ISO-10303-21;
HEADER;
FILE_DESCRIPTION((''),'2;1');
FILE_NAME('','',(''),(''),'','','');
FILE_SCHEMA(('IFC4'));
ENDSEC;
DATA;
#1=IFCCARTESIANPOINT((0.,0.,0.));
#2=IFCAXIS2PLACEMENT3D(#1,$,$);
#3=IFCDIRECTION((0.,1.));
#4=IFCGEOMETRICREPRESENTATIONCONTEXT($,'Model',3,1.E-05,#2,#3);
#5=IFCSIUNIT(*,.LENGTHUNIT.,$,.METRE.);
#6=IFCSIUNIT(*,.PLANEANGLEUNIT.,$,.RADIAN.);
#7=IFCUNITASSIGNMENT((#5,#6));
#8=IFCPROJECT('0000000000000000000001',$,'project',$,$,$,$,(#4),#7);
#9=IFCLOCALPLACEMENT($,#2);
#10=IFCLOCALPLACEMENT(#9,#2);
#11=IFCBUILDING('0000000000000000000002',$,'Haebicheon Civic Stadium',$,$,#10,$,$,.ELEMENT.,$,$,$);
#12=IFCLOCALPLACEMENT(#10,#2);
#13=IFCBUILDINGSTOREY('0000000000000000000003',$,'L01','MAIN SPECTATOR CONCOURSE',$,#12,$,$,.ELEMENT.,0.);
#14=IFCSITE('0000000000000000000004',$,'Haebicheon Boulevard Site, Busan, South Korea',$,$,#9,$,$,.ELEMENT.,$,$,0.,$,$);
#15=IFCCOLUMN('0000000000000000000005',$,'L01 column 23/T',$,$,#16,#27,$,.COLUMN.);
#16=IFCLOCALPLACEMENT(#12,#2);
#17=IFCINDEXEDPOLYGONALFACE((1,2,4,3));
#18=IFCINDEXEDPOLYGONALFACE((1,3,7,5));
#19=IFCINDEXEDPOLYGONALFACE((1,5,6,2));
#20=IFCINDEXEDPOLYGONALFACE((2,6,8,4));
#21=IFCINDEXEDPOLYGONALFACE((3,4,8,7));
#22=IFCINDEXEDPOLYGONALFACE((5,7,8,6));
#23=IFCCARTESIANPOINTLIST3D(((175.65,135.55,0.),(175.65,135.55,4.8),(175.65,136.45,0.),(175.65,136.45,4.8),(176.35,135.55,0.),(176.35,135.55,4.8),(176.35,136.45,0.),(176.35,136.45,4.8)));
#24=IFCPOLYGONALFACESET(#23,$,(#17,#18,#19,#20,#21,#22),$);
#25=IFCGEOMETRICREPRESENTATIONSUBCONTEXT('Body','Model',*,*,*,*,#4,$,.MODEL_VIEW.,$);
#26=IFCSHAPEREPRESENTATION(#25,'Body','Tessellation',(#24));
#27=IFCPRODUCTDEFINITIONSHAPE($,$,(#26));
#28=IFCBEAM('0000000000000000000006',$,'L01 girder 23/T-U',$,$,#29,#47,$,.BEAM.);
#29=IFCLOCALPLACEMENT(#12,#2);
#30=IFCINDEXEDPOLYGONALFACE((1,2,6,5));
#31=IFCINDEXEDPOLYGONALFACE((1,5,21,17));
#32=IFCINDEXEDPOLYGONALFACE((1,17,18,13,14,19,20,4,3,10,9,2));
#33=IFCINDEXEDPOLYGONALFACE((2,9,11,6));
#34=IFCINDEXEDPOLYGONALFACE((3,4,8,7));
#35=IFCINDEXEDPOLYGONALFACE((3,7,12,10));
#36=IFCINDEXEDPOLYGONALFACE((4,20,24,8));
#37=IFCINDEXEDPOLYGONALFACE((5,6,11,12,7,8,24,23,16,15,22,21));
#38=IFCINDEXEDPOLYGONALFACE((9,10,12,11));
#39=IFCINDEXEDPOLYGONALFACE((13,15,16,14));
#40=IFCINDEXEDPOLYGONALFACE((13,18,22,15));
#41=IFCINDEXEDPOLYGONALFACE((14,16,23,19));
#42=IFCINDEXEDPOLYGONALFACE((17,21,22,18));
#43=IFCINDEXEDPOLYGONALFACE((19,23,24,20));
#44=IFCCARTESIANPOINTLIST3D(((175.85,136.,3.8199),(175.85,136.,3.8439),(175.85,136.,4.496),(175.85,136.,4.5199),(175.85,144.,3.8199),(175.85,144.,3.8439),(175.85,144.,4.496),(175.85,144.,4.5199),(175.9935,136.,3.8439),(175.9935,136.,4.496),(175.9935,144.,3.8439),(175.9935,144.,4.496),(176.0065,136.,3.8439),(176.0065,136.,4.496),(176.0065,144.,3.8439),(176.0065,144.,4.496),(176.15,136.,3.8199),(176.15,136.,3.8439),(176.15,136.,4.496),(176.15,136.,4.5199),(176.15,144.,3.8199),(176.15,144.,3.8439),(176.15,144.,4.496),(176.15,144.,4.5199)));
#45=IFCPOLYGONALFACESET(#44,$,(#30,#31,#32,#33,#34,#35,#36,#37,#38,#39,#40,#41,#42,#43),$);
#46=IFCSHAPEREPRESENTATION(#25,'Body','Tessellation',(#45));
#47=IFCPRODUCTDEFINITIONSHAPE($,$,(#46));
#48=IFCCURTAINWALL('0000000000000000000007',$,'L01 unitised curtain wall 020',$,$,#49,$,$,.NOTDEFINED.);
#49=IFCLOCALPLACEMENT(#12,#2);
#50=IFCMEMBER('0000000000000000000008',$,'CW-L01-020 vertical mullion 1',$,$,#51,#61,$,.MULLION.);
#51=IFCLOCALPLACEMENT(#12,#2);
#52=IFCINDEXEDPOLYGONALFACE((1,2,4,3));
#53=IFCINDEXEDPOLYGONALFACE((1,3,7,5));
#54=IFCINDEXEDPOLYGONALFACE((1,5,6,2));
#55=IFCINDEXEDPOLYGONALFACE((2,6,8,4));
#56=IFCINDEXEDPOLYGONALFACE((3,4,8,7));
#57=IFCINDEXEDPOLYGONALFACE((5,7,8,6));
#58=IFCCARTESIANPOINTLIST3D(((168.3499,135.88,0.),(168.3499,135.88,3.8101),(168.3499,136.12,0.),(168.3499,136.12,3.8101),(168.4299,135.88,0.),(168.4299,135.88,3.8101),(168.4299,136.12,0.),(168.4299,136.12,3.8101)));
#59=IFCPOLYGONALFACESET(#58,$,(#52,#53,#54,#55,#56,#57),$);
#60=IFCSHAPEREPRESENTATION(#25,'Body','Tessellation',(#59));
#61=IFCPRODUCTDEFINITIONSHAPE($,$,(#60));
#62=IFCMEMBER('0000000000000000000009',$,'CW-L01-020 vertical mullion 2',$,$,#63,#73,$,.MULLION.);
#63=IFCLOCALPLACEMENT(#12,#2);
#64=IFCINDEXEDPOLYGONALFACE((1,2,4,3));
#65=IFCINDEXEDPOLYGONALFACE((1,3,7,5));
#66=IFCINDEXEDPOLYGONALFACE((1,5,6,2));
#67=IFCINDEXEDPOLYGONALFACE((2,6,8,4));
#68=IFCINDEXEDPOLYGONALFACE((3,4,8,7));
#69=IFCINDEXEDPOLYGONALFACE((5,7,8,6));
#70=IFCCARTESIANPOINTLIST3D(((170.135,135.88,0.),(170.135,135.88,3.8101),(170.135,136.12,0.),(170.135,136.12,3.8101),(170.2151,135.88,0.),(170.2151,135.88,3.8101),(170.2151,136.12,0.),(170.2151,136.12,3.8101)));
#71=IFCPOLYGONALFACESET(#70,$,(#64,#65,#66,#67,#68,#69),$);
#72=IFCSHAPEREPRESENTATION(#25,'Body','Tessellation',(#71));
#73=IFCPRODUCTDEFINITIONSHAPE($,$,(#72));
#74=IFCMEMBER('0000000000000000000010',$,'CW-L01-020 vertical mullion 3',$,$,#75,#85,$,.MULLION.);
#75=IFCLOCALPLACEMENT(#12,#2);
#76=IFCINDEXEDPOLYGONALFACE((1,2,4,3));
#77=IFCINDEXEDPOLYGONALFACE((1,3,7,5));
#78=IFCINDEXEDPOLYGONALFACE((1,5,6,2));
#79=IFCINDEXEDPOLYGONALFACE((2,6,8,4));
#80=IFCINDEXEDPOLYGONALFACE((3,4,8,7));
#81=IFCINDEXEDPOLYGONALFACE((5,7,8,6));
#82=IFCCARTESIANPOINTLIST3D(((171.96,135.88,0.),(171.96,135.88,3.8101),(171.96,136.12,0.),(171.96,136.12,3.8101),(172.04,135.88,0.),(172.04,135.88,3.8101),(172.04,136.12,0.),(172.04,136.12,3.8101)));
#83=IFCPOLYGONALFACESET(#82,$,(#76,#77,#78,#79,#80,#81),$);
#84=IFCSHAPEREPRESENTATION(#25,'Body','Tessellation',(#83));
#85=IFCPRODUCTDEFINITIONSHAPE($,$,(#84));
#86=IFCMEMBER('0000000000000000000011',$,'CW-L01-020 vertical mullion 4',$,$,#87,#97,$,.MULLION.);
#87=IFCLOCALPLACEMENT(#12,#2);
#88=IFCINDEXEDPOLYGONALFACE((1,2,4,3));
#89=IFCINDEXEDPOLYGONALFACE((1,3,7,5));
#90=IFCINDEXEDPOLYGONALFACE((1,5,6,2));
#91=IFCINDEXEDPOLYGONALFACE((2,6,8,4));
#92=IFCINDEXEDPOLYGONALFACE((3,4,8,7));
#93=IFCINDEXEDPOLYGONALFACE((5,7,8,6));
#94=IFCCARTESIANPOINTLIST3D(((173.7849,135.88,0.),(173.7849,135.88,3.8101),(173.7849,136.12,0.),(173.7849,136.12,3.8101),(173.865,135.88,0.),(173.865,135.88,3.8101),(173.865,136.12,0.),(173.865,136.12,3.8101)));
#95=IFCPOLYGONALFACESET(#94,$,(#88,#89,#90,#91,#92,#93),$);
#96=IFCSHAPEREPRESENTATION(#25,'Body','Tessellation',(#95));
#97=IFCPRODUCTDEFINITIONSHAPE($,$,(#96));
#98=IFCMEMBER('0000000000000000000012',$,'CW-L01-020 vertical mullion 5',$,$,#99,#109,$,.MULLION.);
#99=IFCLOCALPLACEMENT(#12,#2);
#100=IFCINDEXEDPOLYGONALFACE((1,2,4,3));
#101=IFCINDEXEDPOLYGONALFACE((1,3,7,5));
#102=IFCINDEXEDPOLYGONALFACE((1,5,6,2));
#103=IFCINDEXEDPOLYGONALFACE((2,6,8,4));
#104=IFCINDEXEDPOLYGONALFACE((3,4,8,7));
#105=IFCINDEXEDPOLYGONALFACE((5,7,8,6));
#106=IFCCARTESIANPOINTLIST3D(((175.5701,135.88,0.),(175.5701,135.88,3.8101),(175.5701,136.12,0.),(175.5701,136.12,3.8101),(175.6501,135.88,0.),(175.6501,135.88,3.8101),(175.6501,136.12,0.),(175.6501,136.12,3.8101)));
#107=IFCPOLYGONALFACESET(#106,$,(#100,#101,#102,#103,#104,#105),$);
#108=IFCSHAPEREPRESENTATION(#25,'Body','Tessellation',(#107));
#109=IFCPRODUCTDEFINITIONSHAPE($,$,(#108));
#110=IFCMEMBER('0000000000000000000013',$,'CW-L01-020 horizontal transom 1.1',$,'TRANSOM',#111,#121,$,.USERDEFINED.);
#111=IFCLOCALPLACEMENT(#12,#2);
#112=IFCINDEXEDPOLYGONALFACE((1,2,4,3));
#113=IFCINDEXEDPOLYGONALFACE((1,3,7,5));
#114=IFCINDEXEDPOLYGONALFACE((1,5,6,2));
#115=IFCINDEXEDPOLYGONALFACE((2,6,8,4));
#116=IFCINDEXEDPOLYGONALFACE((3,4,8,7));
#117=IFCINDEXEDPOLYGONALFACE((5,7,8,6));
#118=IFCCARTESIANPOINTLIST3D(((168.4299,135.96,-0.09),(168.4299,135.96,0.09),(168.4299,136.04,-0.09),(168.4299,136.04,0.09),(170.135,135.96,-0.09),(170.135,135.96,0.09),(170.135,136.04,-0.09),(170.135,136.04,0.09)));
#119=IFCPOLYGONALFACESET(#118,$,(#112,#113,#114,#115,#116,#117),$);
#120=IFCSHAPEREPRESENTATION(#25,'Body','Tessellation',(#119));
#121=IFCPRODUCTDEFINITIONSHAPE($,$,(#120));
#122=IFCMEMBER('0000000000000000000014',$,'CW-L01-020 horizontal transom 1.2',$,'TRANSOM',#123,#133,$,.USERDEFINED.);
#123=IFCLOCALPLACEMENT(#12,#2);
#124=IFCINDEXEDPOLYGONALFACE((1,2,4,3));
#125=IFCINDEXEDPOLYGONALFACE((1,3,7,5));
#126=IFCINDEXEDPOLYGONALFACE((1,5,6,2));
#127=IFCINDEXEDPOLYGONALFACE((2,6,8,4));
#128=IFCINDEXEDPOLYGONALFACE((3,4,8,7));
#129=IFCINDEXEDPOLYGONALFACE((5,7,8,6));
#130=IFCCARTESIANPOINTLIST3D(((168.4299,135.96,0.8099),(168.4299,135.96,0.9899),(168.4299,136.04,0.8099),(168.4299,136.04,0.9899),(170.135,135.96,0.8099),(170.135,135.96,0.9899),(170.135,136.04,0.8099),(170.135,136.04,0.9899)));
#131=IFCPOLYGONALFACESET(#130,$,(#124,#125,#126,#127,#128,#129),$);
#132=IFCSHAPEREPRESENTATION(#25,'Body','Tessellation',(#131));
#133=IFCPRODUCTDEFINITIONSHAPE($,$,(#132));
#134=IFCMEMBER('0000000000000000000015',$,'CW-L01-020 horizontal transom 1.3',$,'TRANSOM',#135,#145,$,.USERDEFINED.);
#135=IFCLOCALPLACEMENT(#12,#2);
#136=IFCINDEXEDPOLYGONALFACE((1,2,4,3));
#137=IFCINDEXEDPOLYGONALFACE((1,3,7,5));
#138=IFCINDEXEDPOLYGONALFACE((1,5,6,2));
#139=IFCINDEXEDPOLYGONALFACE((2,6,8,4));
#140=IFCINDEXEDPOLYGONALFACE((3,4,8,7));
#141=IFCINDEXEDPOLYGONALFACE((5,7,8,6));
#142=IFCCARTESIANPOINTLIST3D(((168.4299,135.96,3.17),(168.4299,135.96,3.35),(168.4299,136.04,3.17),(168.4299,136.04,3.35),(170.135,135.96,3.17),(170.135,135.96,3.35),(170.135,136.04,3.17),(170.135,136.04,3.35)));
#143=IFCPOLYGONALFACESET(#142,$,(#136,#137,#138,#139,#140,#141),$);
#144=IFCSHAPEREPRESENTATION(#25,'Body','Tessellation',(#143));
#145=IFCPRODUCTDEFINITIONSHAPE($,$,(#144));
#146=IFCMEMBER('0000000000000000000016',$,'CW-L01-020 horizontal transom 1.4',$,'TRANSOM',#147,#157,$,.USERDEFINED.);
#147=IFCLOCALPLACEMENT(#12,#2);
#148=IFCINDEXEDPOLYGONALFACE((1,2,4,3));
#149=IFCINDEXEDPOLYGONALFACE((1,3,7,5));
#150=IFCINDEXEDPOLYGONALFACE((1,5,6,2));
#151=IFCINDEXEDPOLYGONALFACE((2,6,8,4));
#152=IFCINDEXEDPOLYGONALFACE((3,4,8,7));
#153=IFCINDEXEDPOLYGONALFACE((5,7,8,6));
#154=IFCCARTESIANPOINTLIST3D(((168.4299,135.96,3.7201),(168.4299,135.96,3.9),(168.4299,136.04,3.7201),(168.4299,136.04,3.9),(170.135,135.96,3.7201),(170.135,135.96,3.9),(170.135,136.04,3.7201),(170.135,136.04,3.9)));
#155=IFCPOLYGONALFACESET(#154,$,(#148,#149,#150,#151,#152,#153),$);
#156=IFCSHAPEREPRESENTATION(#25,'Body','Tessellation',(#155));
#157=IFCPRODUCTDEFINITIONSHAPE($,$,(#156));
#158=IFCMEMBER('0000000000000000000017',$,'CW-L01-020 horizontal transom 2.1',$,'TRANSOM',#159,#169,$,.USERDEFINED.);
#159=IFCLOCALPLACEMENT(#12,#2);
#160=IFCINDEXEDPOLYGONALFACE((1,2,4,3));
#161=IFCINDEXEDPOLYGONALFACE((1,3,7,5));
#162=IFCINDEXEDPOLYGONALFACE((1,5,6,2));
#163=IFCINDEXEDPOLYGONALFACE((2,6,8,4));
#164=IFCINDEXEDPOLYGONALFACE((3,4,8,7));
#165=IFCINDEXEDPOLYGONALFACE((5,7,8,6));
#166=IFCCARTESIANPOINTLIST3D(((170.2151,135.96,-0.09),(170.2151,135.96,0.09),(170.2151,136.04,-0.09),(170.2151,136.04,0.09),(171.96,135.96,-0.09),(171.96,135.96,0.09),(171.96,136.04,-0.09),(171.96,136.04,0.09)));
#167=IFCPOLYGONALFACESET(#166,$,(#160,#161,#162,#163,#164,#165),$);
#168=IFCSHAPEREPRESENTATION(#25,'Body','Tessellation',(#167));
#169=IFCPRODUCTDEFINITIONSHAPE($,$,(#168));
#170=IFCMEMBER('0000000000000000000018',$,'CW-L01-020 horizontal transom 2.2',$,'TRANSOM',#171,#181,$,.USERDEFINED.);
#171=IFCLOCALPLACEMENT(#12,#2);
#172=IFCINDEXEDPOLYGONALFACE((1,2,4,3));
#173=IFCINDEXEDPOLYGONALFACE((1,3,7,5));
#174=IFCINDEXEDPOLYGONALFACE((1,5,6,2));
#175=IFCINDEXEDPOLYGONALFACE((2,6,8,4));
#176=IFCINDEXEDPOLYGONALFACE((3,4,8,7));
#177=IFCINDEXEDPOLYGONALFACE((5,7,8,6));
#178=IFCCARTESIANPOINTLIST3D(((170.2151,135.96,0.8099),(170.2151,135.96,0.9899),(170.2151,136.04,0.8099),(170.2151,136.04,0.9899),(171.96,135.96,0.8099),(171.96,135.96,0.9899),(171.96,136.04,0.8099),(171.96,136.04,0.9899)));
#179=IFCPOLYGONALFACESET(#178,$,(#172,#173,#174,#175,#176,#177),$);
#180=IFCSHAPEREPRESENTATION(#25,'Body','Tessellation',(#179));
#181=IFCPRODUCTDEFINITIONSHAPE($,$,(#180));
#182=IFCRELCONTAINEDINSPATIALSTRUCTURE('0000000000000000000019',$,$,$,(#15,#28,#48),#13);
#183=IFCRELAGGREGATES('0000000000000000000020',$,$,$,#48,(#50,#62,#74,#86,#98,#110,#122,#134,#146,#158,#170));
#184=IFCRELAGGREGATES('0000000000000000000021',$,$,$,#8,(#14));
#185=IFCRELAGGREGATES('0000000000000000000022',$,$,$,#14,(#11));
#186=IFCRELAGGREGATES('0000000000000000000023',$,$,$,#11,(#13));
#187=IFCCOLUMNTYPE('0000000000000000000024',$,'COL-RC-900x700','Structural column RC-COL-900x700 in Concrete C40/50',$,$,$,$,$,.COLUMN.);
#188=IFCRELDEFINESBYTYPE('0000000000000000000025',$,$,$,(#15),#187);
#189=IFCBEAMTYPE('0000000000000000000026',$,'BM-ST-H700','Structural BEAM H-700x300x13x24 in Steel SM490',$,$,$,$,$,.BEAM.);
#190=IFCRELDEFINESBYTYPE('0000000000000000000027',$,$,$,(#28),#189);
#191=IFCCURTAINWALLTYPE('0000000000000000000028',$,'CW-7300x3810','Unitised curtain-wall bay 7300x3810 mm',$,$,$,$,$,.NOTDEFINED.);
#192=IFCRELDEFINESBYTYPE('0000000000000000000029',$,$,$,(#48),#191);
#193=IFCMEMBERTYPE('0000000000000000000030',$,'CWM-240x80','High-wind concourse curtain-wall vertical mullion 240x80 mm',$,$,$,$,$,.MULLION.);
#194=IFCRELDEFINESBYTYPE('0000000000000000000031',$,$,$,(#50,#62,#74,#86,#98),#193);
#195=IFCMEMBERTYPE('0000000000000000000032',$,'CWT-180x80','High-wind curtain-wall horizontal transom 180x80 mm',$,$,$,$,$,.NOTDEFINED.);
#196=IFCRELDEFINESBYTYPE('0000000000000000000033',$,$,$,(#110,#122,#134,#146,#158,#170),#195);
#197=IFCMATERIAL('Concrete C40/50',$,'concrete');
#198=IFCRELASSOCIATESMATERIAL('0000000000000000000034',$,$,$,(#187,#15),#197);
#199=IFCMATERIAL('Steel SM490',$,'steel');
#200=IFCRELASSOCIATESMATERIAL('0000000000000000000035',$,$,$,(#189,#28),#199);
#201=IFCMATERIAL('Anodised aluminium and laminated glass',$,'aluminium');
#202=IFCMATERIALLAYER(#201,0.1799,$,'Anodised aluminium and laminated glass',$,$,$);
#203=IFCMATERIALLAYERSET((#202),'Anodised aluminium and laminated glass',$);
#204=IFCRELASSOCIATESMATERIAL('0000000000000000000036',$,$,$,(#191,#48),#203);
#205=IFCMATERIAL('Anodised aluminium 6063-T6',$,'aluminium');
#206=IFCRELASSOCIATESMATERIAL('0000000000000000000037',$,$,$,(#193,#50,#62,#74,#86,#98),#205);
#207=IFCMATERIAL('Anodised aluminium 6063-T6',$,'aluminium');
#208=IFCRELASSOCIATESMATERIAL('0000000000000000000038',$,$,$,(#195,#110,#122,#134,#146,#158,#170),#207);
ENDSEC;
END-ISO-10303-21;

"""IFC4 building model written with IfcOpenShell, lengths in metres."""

from ifc_helpers import new_model, si_unit, direction, frame, origin, origin_2d, place, context, subcontext, project, spatial, rectangle, i_section, extrude, material, layer, layer_set, material_profile, profile_set, type_object, element, aggregate, save


model = new_model("IFC4")

# Units and contexts
model_context = context("Model", 3, precision=1e-05, world=origin(), true_north=direction((0.0, 1.0)))
body_context = subcontext(model_context, "Body", "Model", "MODEL_VIEW")
ifc_project = project(units=[si_unit("LENGTHUNIT", "METRE"), si_unit("PLANEANGLEUNIT", "RADIAN")], contexts=[model_context])

# Site, building, storey
site_placement = place(None, origin())
site = spatial("IfcSite", under=ifc_project, at=site_placement, Name="Haebicheon Boulevard Site, Busan, South Korea", CompositionType="ELEMENT", RefElevation=0.0)
building_placement = place(site_placement, origin())
building = spatial("IfcBuilding", under=site, at=building_placement, Name="Haebicheon Civic Stadium", CompositionType="ELEMENT")
storey_placement = place(building_placement, origin())
storey = spatial("IfcBuildingStorey", under=building, at=storey_placement, Name="L01", Description="MAIN SPECTATOR CONCOURSE", CompositionType="ELEMENT", Elevation=0.0)

# Column
ifc_material_1 = material(Name="Concrete C40/50", Category="concrete")
ifc_material_profile_1 = material_profile(ifc_material_1, rectangle(XDim=0.7, YDim=0.8999, at=origin_2d()), Name="RC-COL-900x700")
ifc_profile_set_1 = profile_set([ifc_material_profile_1], Name="Concrete C40/50")
column_type = type_object("IfcColumnType", Name="COL-RC-900x700", Description="Structural column RC-COL-900x700 in Concrete C40/50", PredefinedType="COLUMN", material=ifc_profile_set_1)
column_placement = place(storey_placement, frame((176.0, 136.0, 0.0), z_axis=(0.0, 0.0, 1.0), x_axis=(1.0, 0.0, 0.0)))
element("IfcColumn", 1, at=column_placement, inside=storey, type_object=column_type, material=ifc_profile_set_1, Name="L01 column 23/T", PredefinedType="COLUMN", context=body_context, shape_type="SweptSolid", body=[
    extrude(rectangle(XDim=0.7, YDim=0.8999, at=origin_2d()), origin(), (0.0, 0.0, 1.0), 4.8),
])

# Beam
ifc_material_2 = material(Name="Steel SM490", Category="steel")
ifc_material_profile_2 = material_profile(ifc_material_2, i_section(OverallWidth=0.3, OverallDepth=0.7, WebThickness=0.0129, FlangeThickness=0.0239, at=origin_2d()), Name="H-700x300x13x24")
ifc_profile_set_2 = profile_set([ifc_material_profile_2], Name="Steel SM490")
beam_type = type_object("IfcBeamType", Name="BM-ST-H700", Description="Structural BEAM H-700x300x13x24 in Steel SM490", PredefinedType="BEAM", material=ifc_profile_set_2)
beam_placement = place(storey_placement, frame((176.0, 136.0, 4.1699), z_axis=(0.0, 1.0, 0.0), x_axis=(-1.0, 0.0, 0.0)))
element("IfcBeam", 2, at=beam_placement, inside=storey, type_object=beam_type, material=ifc_profile_set_2, Name="L01 girder 23/T-U", PredefinedType="BEAM", context=body_context, shape_type="SweptSolid", body=[
    extrude(i_section(OverallWidth=0.3, OverallDepth=0.7, WebThickness=0.0129, FlangeThickness=0.0239, at=origin_2d()), origin(), (0.0, 0.0, 1.0), 8.0),
])

# Curtain wall, members
ifc_material_3 = material(Name="Anodised aluminium and laminated glass", Category="aluminium")
ifc_layer_1 = layer(ifc_material_3, 0.1799, Name="Anodised aluminium and laminated glass")
ifc_layer_set_1 = layer_set([ifc_layer_1], Name="Anodised aluminium and laminated glass")
curtain_wall_type = type_object("IfcCurtainWallType", Name="CW-7300x3810", Description="Unitised curtain-wall bay 7300x3810 mm", PredefinedType="NOTDEFINED", material=ifc_layer_set_1)
curtain_wall_placement = place(storey_placement, origin())
curtain_wall = element("IfcCurtainWall", 3, at=curtain_wall_placement, inside=storey, type_object=curtain_wall_type, material=ifc_layer_set_1, Name="L01 unitised curtain wall 020", PredefinedType="NOTDEFINED")
ifc_material_4 = material(Name="Anodised aluminium 6063-T6", Category="aluminium")
ifc_material_profile_3 = material_profile(ifc_material_4, rectangle(XDim=0.0801, YDim=0.24, at=origin_2d()), Name="ALU-MULL-80x240")
ifc_profile_set_3 = profile_set([ifc_material_profile_3], Name="Anodised aluminium 6063-T6")
member_type_1 = type_object("IfcMemberType", Name="CWM-240x80", Description="High-wind concourse curtain-wall vertical mullion 240x80 mm", PredefinedType="MULLION", material=ifc_profile_set_3)
member_1_placement = place(storey_placement, frame((168.3899, 136.0, 0.0), z_axis=(0.0, 0.0, 1.0), x_axis=(1.0, 0.0, 0.0)))
member_1 = element("IfcMember", 4, at=member_1_placement, type_object=member_type_1, material=ifc_profile_set_3, Name="CW-L01-020 vertical mullion 1", PredefinedType="MULLION", context=body_context, shape_type="SweptSolid", body=[
    extrude(rectangle(XDim=0.0801, YDim=0.24, at=origin_2d()), origin(), (0.0, 0.0, 1.0), 3.8101),
])
member_2_placement = place(storey_placement, frame((170.175, 136.0, 0.0), z_axis=(0.0, 0.0, 1.0), x_axis=(1.0, 0.0, 0.0)))
member_2 = element("IfcMember", 5, at=member_2_placement, type_object=member_type_1, material=ifc_profile_set_3, Name="CW-L01-020 vertical mullion 2", PredefinedType="MULLION", context=body_context, shape_type="SweptSolid", body=[
    extrude(rectangle(XDim=0.0801, YDim=0.24, at=origin_2d()), origin(), (0.0, 0.0, 1.0), 3.8101),
])
member_3_placement = place(storey_placement, frame((172.0, 136.0, 0.0), z_axis=(0.0, 0.0, 1.0), x_axis=(1.0, 0.0, 0.0)))
member_3 = element("IfcMember", 6, at=member_3_placement, type_object=member_type_1, material=ifc_profile_set_3, Name="CW-L01-020 vertical mullion 3", PredefinedType="MULLION", context=body_context, shape_type="SweptSolid", body=[
    extrude(rectangle(XDim=0.0801, YDim=0.24, at=origin_2d()), origin(), (0.0, 0.0, 1.0), 3.8101),
])
member_4_placement = place(storey_placement, frame((173.825, 136.0, 0.0), z_axis=(0.0, 0.0, 1.0), x_axis=(1.0, 0.0, 0.0)))
member_4 = element("IfcMember", 7, at=member_4_placement, type_object=member_type_1, material=ifc_profile_set_3, Name="CW-L01-020 vertical mullion 4", PredefinedType="MULLION", context=body_context, shape_type="SweptSolid", body=[
    extrude(rectangle(XDim=0.0801, YDim=0.24, at=origin_2d()), origin(), (0.0, 0.0, 1.0), 3.8101),
])
member_5_placement = place(storey_placement, frame((175.6101, 136.0, 0.0), z_axis=(0.0, 0.0, 1.0), x_axis=(1.0, 0.0, 0.0)))
member_5 = element("IfcMember", 8, at=member_5_placement, type_object=member_type_1, material=ifc_profile_set_3, Name="CW-L01-020 vertical mullion 5", PredefinedType="MULLION", context=body_context, shape_type="SweptSolid", body=[
    extrude(rectangle(XDim=0.0801, YDim=0.24, at=origin_2d()), origin(), (0.0, 0.0, 1.0), 3.8101),
])
ifc_material_5 = material(Name="Anodised aluminium 6063-T6", Category="aluminium")
ifc_material_profile_4 = material_profile(ifc_material_5, rectangle(XDim=0.0801, YDim=0.1799, at=origin_2d()), Name="ALU-TRAN-80x180")
ifc_profile_set_4 = profile_set([ifc_material_profile_4], Name="Anodised aluminium 6063-T6")
member_type_2 = type_object("IfcMemberType", Name="CWT-180x80", Description="High-wind curtain-wall horizontal transom 180x80 mm", PredefinedType="NOTDEFINED", material=ifc_profile_set_4)
member_6_placement = place(storey_placement, frame((168.4299, 136.0, 0.0), z_axis=(1.0, 0.0, 0.0), x_axis=(0.0, 1.0, 0.0)))
member_6 = element("IfcMember", 9, at=member_6_placement, type_object=member_type_2, material=ifc_profile_set_4, Name="CW-L01-020 horizontal transom 1.1", ObjectType="TRANSOM", PredefinedType="USERDEFINED", context=body_context, shape_type="SweptSolid", body=[
    extrude(rectangle(XDim=0.0801, YDim=0.1799, at=origin_2d()), origin(), (0.0, 0.0, 1.0), 1.7051),
])
member_7_placement = place(storey_placement, frame((168.4299, 136.0, 0.8999), z_axis=(1.0, 0.0, 0.0), x_axis=(0.0, 1.0, 0.0)))
member_7 = element("IfcMember", 10, at=member_7_placement, type_object=member_type_2, material=ifc_profile_set_4, Name="CW-L01-020 horizontal transom 1.2", ObjectType="TRANSOM", PredefinedType="USERDEFINED", context=body_context, shape_type="SweptSolid", body=[
    extrude(rectangle(XDim=0.0801, YDim=0.1799, at=origin_2d()), origin(), (0.0, 0.0, 1.0), 1.7051),
])
member_8_placement = place(storey_placement, frame((168.4299, 136.0, 3.26), z_axis=(1.0, 0.0, 0.0), x_axis=(0.0, 1.0, 0.0)))
member_8 = element("IfcMember", 11, at=member_8_placement, type_object=member_type_2, material=ifc_profile_set_4, Name="CW-L01-020 horizontal transom 1.3", ObjectType="TRANSOM", PredefinedType="USERDEFINED", context=body_context, shape_type="SweptSolid", body=[
    extrude(rectangle(XDim=0.0801, YDim=0.1799, at=origin_2d()), origin(), (0.0, 0.0, 1.0), 1.7051),
])
member_9_placement = place(storey_placement, frame((168.4299, 136.0, 3.8101), z_axis=(1.0, 0.0, 0.0), x_axis=(0.0, 1.0, 0.0)))
member_9 = element("IfcMember", 12, at=member_9_placement, type_object=member_type_2, material=ifc_profile_set_4, Name="CW-L01-020 horizontal transom 1.4", ObjectType="TRANSOM", PredefinedType="USERDEFINED", context=body_context, shape_type="SweptSolid", body=[
    extrude(rectangle(XDim=0.0801, YDim=0.1799, at=origin_2d()), origin(), (0.0, 0.0, 1.0), 1.7051),
])
member_10_placement = place(storey_placement, frame((170.2151, 136.0, 0.0), z_axis=(1.0, 0.0, 0.0), x_axis=(0.0, 1.0, 0.0)))
member_10 = element("IfcMember", 13, at=member_10_placement, type_object=member_type_2, material=ifc_profile_set_4, Name="CW-L01-020 horizontal transom 2.1", ObjectType="TRANSOM", PredefinedType="USERDEFINED", context=body_context, shape_type="SweptSolid", body=[
    extrude(rectangle(XDim=0.0801, YDim=0.1799, at=origin_2d()), origin(), (0.0, 0.0, 1.0), 1.7449),
])
member_11_placement = place(storey_placement, frame((170.2151, 136.0, 0.8999), z_axis=(1.0, 0.0, 0.0), x_axis=(0.0, 1.0, 0.0)))
member_11 = element("IfcMember", 14, at=member_11_placement, type_object=member_type_2, material=ifc_profile_set_4, Name="CW-L01-020 horizontal transom 2.2", ObjectType="TRANSOM", PredefinedType="USERDEFINED", context=body_context, shape_type="SweptSolid", body=[
    extrude(rectangle(XDim=0.0801, YDim=0.1799, at=origin_2d()), origin(), (0.0, 0.0, 1.0), 1.7449),
])
aggregate(curtain_wall, [member_1, member_2, member_3, member_4, member_5, member_6, member_7, member_8, member_9, member_10, member_11])

save(model, "model.ifc")
